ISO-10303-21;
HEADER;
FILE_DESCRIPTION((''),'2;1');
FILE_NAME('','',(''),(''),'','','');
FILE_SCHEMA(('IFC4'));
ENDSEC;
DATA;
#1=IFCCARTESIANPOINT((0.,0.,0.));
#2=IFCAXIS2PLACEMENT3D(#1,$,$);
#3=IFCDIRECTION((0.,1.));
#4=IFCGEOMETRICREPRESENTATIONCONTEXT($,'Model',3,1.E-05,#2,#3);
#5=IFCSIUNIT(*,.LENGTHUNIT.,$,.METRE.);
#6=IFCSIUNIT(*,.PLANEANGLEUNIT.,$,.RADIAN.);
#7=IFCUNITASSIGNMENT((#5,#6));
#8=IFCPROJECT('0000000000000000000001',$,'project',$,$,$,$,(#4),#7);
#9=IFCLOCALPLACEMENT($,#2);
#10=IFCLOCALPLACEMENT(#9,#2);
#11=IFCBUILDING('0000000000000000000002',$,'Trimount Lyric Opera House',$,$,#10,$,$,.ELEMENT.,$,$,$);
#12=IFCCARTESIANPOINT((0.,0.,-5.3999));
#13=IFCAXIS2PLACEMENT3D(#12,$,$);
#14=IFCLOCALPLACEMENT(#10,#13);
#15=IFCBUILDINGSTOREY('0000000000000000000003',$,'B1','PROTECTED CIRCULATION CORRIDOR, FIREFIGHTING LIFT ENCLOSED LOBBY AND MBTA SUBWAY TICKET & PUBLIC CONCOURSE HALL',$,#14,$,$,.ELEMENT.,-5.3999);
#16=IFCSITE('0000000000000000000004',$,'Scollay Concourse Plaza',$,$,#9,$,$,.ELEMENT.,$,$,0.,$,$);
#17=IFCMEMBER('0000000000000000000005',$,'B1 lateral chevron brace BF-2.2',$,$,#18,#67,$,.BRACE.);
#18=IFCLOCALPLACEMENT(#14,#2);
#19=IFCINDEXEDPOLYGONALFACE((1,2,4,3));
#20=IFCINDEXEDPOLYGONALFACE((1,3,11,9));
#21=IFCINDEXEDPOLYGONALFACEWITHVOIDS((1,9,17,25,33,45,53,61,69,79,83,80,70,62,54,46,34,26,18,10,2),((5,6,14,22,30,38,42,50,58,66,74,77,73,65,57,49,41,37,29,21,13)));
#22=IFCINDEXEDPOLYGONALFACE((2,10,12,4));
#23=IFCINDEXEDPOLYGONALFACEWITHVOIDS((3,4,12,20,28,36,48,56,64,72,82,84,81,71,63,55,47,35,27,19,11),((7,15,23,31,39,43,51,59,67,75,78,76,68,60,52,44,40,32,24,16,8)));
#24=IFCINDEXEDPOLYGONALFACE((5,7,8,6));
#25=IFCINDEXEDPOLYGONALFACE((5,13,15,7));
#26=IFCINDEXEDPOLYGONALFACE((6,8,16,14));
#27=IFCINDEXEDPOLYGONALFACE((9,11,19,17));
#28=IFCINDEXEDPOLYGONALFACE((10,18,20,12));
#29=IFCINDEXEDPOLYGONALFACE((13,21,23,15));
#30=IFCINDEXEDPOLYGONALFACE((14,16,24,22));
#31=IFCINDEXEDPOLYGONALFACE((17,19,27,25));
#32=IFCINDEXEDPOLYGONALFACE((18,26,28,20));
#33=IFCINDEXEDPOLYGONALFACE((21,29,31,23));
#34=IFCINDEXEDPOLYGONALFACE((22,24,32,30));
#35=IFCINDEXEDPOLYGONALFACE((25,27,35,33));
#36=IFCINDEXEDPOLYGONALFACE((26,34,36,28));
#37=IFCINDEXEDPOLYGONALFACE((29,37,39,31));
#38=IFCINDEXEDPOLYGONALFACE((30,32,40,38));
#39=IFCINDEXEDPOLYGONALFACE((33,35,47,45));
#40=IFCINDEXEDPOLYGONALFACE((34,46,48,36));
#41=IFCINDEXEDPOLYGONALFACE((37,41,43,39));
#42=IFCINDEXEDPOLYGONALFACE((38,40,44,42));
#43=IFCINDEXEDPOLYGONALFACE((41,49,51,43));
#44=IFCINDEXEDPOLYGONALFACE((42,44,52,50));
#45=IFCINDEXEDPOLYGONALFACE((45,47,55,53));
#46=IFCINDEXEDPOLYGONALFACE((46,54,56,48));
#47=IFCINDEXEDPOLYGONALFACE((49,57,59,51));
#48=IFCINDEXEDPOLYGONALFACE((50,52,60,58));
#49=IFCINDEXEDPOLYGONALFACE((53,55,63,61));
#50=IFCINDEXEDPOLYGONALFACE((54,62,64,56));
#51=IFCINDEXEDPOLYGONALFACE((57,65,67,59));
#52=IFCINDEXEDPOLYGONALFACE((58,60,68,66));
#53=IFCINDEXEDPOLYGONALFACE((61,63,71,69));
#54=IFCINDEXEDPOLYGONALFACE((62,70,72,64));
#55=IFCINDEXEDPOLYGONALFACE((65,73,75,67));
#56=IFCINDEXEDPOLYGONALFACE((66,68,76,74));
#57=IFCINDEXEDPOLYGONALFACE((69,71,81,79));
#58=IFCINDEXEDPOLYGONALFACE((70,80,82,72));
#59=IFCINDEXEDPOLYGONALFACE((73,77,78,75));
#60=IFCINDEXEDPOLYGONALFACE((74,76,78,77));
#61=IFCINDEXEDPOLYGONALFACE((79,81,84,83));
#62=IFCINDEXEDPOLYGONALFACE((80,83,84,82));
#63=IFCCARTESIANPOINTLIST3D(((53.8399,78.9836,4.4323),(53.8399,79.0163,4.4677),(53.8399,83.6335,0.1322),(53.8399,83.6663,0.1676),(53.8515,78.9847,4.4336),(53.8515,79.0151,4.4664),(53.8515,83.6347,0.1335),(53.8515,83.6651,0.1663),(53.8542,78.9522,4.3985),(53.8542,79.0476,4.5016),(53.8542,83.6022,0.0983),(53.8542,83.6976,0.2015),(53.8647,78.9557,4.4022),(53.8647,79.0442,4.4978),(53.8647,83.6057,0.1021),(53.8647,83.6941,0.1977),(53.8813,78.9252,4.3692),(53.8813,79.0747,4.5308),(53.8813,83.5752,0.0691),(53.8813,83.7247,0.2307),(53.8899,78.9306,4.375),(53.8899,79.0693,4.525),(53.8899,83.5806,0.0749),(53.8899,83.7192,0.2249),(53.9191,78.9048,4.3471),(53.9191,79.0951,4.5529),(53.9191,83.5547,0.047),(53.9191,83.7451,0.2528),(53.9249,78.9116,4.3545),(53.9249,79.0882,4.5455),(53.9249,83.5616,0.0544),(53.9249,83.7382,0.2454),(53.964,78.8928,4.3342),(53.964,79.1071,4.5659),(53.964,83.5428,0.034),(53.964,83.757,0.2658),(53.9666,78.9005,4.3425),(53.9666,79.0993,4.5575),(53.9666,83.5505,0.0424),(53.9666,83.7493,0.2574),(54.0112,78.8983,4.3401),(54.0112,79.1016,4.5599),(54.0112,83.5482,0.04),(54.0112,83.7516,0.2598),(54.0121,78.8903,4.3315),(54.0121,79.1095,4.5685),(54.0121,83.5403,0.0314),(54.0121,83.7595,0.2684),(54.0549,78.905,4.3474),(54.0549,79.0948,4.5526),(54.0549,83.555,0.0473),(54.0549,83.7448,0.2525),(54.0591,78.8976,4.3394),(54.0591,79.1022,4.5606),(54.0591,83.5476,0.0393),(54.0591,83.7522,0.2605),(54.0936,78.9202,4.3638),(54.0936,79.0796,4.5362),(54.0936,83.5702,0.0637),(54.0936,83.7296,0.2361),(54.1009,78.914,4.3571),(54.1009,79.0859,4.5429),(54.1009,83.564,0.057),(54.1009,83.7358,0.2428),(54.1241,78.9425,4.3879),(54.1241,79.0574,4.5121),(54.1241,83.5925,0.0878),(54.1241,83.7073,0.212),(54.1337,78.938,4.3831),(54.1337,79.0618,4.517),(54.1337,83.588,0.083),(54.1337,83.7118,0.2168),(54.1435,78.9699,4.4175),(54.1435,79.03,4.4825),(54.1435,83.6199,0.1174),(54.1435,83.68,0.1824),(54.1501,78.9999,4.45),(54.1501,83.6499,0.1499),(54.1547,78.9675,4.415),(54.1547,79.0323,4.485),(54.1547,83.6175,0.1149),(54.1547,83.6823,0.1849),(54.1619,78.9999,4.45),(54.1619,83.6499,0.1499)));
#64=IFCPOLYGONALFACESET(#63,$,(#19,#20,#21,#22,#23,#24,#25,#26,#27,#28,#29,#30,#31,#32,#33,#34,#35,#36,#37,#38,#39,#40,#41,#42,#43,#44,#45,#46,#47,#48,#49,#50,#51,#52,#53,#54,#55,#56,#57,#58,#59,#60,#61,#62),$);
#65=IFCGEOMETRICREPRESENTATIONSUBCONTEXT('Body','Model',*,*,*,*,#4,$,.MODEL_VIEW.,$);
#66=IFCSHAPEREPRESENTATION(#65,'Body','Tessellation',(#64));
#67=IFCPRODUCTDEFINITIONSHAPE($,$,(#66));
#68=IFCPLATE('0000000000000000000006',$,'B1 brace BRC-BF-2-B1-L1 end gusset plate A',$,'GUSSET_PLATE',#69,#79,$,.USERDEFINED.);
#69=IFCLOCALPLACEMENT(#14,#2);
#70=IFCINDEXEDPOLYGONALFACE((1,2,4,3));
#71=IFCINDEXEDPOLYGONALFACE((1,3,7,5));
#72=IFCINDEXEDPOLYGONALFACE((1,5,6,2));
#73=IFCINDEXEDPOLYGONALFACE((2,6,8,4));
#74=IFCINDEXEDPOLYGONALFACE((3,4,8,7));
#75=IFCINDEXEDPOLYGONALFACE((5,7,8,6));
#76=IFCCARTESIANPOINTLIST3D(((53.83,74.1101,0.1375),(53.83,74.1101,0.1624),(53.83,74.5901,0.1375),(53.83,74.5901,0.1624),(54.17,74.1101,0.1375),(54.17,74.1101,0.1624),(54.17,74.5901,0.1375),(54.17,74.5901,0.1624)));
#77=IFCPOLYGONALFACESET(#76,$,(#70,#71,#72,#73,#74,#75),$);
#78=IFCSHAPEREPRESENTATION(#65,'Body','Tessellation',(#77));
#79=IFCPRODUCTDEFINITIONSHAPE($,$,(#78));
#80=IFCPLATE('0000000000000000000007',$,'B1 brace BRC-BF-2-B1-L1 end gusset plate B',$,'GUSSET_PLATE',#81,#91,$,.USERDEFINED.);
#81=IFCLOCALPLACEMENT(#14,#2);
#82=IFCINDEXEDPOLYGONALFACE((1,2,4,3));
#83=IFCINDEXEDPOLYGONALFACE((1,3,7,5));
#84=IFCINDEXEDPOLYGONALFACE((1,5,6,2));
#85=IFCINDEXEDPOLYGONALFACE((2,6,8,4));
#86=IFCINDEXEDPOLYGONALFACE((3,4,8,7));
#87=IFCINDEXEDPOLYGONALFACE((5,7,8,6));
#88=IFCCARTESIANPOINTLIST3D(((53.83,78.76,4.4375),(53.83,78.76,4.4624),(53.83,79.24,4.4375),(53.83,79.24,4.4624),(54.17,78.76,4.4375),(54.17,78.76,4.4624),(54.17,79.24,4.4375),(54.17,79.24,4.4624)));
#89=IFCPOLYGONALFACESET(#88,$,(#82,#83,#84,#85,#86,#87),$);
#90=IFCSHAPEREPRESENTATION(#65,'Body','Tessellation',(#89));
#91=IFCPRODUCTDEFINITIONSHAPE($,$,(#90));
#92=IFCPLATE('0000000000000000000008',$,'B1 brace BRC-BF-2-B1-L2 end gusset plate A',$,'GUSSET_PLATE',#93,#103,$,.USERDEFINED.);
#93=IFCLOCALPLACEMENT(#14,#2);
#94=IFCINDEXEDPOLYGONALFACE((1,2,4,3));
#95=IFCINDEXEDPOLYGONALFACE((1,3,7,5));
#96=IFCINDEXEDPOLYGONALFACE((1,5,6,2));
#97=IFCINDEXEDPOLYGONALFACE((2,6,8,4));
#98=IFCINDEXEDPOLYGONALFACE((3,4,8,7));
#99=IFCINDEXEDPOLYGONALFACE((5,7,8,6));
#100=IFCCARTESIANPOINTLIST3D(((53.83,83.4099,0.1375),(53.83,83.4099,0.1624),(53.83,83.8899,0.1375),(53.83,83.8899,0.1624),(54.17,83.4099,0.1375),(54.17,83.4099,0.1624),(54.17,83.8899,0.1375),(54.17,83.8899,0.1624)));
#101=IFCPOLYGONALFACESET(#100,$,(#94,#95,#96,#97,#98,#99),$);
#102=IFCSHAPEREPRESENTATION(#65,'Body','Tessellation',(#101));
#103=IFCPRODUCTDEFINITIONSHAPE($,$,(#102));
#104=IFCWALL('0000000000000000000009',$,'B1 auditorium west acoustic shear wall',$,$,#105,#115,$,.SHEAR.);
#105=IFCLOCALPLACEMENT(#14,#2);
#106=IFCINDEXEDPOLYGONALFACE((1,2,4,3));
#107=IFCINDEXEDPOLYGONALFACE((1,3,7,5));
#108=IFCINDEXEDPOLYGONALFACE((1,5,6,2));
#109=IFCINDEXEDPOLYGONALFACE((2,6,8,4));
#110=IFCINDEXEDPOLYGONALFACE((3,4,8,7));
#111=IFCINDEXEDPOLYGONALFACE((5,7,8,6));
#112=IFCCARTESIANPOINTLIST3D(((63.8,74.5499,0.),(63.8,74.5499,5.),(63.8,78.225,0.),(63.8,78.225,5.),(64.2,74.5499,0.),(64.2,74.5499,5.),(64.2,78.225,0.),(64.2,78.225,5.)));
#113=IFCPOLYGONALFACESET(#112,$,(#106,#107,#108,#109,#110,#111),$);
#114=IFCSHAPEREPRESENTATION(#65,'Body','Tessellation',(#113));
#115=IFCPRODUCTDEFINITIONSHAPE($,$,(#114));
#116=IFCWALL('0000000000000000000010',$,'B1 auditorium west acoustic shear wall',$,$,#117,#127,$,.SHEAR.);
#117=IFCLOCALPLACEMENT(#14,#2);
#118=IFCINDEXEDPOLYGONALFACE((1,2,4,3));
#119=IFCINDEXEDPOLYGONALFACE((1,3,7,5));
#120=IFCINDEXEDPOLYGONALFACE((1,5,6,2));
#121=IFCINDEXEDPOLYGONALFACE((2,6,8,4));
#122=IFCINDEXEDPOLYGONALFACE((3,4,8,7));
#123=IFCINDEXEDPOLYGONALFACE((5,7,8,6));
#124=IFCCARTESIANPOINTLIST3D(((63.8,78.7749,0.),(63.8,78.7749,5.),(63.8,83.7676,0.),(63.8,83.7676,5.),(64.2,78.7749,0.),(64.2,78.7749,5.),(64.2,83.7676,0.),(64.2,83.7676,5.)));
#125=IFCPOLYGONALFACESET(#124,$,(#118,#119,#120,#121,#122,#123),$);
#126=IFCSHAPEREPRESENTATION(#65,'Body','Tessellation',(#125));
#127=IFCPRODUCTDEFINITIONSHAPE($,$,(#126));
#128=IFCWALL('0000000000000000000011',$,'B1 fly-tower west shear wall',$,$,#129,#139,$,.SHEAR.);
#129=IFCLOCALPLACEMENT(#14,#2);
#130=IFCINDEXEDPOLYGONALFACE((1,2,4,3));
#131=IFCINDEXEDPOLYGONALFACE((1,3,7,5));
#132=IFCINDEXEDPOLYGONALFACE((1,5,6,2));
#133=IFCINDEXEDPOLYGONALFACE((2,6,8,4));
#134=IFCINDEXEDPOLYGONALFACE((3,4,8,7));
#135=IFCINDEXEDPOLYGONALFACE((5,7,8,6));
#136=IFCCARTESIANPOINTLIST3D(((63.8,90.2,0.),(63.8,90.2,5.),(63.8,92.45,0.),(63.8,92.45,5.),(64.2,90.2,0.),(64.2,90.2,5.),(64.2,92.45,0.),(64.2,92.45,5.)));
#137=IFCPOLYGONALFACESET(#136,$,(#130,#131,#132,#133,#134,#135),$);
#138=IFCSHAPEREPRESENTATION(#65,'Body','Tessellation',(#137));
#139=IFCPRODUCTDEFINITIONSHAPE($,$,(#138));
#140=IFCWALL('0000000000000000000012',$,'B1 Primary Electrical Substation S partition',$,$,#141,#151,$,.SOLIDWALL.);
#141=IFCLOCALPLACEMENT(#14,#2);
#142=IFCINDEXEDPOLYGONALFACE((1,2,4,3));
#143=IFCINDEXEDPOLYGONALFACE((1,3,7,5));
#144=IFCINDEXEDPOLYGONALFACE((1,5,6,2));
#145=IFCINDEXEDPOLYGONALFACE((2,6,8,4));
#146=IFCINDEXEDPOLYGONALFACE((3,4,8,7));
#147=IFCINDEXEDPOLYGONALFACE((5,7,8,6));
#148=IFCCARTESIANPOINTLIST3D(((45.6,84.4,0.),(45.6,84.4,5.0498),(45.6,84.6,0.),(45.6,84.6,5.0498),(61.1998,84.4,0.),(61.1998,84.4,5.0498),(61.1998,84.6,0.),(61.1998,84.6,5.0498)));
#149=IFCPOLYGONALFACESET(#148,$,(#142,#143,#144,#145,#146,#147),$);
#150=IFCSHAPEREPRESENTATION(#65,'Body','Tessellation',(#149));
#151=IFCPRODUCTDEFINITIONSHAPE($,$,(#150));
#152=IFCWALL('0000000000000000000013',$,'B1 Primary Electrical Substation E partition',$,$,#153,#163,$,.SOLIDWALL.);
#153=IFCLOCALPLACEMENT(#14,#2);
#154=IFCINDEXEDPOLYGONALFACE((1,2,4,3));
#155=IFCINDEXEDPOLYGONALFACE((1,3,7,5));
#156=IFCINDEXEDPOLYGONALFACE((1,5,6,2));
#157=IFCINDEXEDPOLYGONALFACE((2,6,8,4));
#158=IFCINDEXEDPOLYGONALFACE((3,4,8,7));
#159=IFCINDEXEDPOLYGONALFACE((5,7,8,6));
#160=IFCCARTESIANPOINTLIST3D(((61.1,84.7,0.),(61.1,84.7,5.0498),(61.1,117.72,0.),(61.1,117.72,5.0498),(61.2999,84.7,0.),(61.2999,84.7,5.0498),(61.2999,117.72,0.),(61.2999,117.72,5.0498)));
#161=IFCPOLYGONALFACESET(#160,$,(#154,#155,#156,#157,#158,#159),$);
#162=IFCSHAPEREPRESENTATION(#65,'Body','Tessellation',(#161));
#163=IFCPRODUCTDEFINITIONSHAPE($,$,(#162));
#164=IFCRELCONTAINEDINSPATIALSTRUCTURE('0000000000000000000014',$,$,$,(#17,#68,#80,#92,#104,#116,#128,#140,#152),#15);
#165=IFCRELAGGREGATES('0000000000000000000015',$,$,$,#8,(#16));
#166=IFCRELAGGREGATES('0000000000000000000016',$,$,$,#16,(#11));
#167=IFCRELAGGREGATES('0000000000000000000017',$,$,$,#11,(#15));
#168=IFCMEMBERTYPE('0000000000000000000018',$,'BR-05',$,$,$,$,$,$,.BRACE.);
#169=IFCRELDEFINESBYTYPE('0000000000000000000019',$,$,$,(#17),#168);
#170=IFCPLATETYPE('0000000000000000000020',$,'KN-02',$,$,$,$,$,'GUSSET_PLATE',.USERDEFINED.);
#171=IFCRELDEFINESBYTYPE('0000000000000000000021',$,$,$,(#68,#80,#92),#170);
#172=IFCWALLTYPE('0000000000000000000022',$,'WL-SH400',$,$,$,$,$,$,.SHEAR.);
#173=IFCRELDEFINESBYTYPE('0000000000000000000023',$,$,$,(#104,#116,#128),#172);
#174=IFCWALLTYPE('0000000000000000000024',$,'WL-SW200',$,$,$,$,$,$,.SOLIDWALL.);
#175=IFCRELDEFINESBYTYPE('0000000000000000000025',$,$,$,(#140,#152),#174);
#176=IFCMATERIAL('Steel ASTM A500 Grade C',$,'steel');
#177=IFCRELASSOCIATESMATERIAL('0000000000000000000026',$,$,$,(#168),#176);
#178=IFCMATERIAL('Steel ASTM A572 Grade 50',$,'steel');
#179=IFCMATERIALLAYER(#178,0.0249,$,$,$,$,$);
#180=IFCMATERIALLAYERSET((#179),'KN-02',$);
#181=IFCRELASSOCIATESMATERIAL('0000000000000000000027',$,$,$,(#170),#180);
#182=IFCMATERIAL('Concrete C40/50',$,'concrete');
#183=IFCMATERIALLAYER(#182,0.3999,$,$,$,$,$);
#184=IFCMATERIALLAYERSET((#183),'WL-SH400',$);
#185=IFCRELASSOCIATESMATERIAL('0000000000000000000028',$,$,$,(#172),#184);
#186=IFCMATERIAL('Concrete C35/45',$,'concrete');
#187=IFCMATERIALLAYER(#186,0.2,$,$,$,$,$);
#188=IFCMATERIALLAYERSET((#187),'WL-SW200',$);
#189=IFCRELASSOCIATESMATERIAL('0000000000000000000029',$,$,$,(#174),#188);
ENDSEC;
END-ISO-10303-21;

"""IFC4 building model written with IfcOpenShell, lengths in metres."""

from ifc_helpers import new_model, si_unit, direction, frame, frame_2d, origin, origin_2d, place, context, subcontext, project, spatial, rectangle, hollow_circle, extrude, material, layer, layer_set, material_profile, profile_set, type_object, element, save


model = new_model("IFC4")

# Units and contexts
model_context = context("Model", 3, precision=1e-05, world=origin(), true_north=direction((0.0, 1.0)))
body_context = subcontext(model_context, "Body", "Model", "MODEL_VIEW")
ifc_project = project(units=[si_unit("LENGTHUNIT", "METRE"), si_unit("PLANEANGLEUNIT", "RADIAN")], contexts=[model_context])

# Site, building, storey
site_placement = place(None, origin())
site = spatial("IfcSite", under=ifc_project, at=site_placement, Name="Scollay Concourse Plaza", CompositionType="ELEMENT", RefElevation=0.0)
building_placement = place(site_placement, origin())
building = spatial("IfcBuilding", under=site, at=building_placement, Name="Trimount Lyric Opera House", CompositionType="ELEMENT")
storey_placement = place(building_placement, frame((0.0, 0.0, -5.3999)))
storey = spatial("IfcBuildingStorey", under=building, at=storey_placement, Name="B1", Description="PROTECTED CIRCULATION CORRIDOR, FIREFIGHTING LIFT ENCLOSED LOBBY AND MBTA SUBWAY TICKET & PUBLIC CONCOURSE HALL", CompositionType="ELEMENT", Elevation=-5.3999)

# Member
ifc_material_1 = material(Name="Steel ASTM A500 Grade C", Category="steel")
ifc_material_profile_1 = material_profile(ifc_material_1, hollow_circle(Radius=0.1619, WallThickness=0.0117, at=origin_2d()), Name="HSS323.9X12.7")
ifc_profile_set_1 = profile_set([ifc_material_profile_1], Name="Steel ASTM A500 Grade C")
member_type_1 = type_object("IfcMemberType", Name="BR-05", PredefinedType="BRACE", material=ifc_profile_set_1)
member_1_placement = place(storey_placement, frame((54.0, 83.6499, 0.1499), z_axis=(0.0, -0.734187, 0.678947), x_axis=(1.0, 0.0, 0.0)))
element("IfcMember", 1, at=member_1_placement, inside=storey, type_object=member_type_1, Name="B1 lateral chevron brace BF-2.2", PredefinedType="BRACE", context=body_context, shape_type="SweptSolid", body=[
    extrude(hollow_circle(Radius=0.1619, WallThickness=0.0117, at=origin_2d()), origin(), (0.0, 0.0, 1.0), 6.3335),
])

# Plates
ifc_material_2 = material(Name="Steel ASTM A572 Grade 50", Category="steel")
ifc_layer_1 = layer(ifc_material_2, 0.0249)
ifc_layer_set_1 = layer_set([ifc_layer_1], Name="KN-02")
plate_type = type_object("IfcPlateType", Name="KN-02", ElementType="GUSSET_PLATE", PredefinedType="USERDEFINED", material=ifc_layer_set_1)
for number, where, z_axis, x_axis, name in (
    (2, (54.0, 74.3501, 0.1375), (0.0, 0.0, 1.0), (0.0, 1.0, 0.0), "B1 brace BRC-BF-2-B1-L1 end gusset plate A"),
    (3, (54.0, 79.0, 4.4375), (0.0, 0.0, 1.0), (0.0, 1.0, 0.0), "B1 brace BRC-BF-2-B1-L1 end gusset plate B"),
    (4, (54.0, 83.6499, 0.1375), (0.0, 0.0, 1.0), (0.0, -1.0, 0.0), "B1 brace BRC-BF-2-B1-L2 end gusset plate A"),
):
    element("IfcPlate", number, at=place(storey_placement, frame(where, z_axis=z_axis, x_axis=x_axis)), inside=storey, type_object=plate_type, Name=name, ObjectType="GUSSET_PLATE", PredefinedType="USERDEFINED", context=body_context, shape_type="SweptSolid", body=[
        extrude(rectangle(XDim=0.48, YDim=0.3401, at=origin_2d()), origin(), (0.0, 0.0, 1.0), 0.0249),
    ])

# Walls
ifc_material_3 = material(Name="Concrete C40/50", Category="concrete")
ifc_layer_2 = layer(ifc_material_3, 0.3999)
ifc_layer_set_2 = layer_set([ifc_layer_2], Name="WL-SH400")
wall_type_1 = type_object("IfcWallType", Name="WL-SH400", PredefinedType="SHEAR", material=ifc_layer_set_2)
wall_1_placement = place(storey_placement, frame((64.0, 74.55, 0.0), z_axis=(0.0, 0.0, 1.0), x_axis=(0.0, 1.0, 0.0)))
element("IfcWall", 5, at=wall_1_placement, inside=storey, type_object=wall_type_1, Name="B1 auditorium west acoustic shear wall", PredefinedType="SHEAR", context=body_context, shape_type="SweptSolid", body=[
    extrude(rectangle(XDim=3.675, YDim=0.3999, at=frame_2d((1.8374, 0.0))), origin(), (0.0, 0.0, 1.0), 5.0),
])
wall_2_placement = place(storey_placement, frame((64.0, 78.7749, 0.0), z_axis=(0.0, 0.0, 1.0), x_axis=(0.0, 1.0, 0.0)))
element("IfcWall", 6, at=wall_2_placement, inside=storey, type_object=wall_type_1, Name="B1 auditorium west acoustic shear wall", PredefinedType="SHEAR", context=body_context, shape_type="SweptSolid", body=[
    extrude(rectangle(XDim=4.9927, YDim=0.3999, at=frame_2d((2.4963, 0.0))), origin(), (0.0, 0.0, 1.0), 5.0),
])
wall_3_placement = place(storey_placement, frame((64.0, 90.2, 0.0), z_axis=(0.0, 0.0, 1.0), x_axis=(0.0, 1.0, 0.0)))
element("IfcWall", 7, at=wall_3_placement, inside=storey, type_object=wall_type_1, Name="B1 fly-tower west shear wall", PredefinedType="SHEAR", context=body_context, shape_type="SweptSolid", body=[
    extrude(rectangle(XDim=2.25, YDim=0.3999, at=frame_2d((1.125, 0.0))), origin(), (0.0, 0.0, 1.0), 5.0),
])
ifc_material_4 = material(Name="Concrete C35/45", Category="concrete")
ifc_layer_3 = layer(ifc_material_4, 0.2)
ifc_layer_set_3 = layer_set([ifc_layer_3], Name="WL-SW200")
wall_type_2 = type_object("IfcWallType", Name="WL-SW200", PredefinedType="SOLIDWALL", material=ifc_layer_set_3)
wall_4_placement = place(storey_placement, frame((45.6001, 84.5, 0.0), z_axis=(0.0, 0.0, 1.0), x_axis=(1.0, 0.0, 0.0)))
element("IfcWall", 8, at=wall_4_placement, inside=storey, type_object=wall_type_2, Name="B1 Primary Electrical Substation S partition", PredefinedType="SOLIDWALL", context=body_context, shape_type="SweptSolid", body=[
    extrude(rectangle(XDim=15.5999, YDim=0.2, at=frame_2d((7.7998, 0.0))), origin(), (0.0, 0.0, 1.0), 5.0498),
])
wall_5_placement = place(storey_placement, frame((61.2, 84.7, 0.0), z_axis=(0.0, 0.0, 1.0), x_axis=(0.0, 1.0, 0.0)))
element("IfcWall", 9, at=wall_5_placement, inside=storey, type_object=wall_type_2, Name="B1 Primary Electrical Substation E partition", PredefinedType="SOLIDWALL", context=body_context, shape_type="SweptSolid", body=[
    extrude(rectangle(XDim=33.02, YDim=0.2, at=frame_2d((16.51, 0.0))), origin(), (0.0, 0.0, 1.0), 5.0498),
])

save(model, "model.ifc")
